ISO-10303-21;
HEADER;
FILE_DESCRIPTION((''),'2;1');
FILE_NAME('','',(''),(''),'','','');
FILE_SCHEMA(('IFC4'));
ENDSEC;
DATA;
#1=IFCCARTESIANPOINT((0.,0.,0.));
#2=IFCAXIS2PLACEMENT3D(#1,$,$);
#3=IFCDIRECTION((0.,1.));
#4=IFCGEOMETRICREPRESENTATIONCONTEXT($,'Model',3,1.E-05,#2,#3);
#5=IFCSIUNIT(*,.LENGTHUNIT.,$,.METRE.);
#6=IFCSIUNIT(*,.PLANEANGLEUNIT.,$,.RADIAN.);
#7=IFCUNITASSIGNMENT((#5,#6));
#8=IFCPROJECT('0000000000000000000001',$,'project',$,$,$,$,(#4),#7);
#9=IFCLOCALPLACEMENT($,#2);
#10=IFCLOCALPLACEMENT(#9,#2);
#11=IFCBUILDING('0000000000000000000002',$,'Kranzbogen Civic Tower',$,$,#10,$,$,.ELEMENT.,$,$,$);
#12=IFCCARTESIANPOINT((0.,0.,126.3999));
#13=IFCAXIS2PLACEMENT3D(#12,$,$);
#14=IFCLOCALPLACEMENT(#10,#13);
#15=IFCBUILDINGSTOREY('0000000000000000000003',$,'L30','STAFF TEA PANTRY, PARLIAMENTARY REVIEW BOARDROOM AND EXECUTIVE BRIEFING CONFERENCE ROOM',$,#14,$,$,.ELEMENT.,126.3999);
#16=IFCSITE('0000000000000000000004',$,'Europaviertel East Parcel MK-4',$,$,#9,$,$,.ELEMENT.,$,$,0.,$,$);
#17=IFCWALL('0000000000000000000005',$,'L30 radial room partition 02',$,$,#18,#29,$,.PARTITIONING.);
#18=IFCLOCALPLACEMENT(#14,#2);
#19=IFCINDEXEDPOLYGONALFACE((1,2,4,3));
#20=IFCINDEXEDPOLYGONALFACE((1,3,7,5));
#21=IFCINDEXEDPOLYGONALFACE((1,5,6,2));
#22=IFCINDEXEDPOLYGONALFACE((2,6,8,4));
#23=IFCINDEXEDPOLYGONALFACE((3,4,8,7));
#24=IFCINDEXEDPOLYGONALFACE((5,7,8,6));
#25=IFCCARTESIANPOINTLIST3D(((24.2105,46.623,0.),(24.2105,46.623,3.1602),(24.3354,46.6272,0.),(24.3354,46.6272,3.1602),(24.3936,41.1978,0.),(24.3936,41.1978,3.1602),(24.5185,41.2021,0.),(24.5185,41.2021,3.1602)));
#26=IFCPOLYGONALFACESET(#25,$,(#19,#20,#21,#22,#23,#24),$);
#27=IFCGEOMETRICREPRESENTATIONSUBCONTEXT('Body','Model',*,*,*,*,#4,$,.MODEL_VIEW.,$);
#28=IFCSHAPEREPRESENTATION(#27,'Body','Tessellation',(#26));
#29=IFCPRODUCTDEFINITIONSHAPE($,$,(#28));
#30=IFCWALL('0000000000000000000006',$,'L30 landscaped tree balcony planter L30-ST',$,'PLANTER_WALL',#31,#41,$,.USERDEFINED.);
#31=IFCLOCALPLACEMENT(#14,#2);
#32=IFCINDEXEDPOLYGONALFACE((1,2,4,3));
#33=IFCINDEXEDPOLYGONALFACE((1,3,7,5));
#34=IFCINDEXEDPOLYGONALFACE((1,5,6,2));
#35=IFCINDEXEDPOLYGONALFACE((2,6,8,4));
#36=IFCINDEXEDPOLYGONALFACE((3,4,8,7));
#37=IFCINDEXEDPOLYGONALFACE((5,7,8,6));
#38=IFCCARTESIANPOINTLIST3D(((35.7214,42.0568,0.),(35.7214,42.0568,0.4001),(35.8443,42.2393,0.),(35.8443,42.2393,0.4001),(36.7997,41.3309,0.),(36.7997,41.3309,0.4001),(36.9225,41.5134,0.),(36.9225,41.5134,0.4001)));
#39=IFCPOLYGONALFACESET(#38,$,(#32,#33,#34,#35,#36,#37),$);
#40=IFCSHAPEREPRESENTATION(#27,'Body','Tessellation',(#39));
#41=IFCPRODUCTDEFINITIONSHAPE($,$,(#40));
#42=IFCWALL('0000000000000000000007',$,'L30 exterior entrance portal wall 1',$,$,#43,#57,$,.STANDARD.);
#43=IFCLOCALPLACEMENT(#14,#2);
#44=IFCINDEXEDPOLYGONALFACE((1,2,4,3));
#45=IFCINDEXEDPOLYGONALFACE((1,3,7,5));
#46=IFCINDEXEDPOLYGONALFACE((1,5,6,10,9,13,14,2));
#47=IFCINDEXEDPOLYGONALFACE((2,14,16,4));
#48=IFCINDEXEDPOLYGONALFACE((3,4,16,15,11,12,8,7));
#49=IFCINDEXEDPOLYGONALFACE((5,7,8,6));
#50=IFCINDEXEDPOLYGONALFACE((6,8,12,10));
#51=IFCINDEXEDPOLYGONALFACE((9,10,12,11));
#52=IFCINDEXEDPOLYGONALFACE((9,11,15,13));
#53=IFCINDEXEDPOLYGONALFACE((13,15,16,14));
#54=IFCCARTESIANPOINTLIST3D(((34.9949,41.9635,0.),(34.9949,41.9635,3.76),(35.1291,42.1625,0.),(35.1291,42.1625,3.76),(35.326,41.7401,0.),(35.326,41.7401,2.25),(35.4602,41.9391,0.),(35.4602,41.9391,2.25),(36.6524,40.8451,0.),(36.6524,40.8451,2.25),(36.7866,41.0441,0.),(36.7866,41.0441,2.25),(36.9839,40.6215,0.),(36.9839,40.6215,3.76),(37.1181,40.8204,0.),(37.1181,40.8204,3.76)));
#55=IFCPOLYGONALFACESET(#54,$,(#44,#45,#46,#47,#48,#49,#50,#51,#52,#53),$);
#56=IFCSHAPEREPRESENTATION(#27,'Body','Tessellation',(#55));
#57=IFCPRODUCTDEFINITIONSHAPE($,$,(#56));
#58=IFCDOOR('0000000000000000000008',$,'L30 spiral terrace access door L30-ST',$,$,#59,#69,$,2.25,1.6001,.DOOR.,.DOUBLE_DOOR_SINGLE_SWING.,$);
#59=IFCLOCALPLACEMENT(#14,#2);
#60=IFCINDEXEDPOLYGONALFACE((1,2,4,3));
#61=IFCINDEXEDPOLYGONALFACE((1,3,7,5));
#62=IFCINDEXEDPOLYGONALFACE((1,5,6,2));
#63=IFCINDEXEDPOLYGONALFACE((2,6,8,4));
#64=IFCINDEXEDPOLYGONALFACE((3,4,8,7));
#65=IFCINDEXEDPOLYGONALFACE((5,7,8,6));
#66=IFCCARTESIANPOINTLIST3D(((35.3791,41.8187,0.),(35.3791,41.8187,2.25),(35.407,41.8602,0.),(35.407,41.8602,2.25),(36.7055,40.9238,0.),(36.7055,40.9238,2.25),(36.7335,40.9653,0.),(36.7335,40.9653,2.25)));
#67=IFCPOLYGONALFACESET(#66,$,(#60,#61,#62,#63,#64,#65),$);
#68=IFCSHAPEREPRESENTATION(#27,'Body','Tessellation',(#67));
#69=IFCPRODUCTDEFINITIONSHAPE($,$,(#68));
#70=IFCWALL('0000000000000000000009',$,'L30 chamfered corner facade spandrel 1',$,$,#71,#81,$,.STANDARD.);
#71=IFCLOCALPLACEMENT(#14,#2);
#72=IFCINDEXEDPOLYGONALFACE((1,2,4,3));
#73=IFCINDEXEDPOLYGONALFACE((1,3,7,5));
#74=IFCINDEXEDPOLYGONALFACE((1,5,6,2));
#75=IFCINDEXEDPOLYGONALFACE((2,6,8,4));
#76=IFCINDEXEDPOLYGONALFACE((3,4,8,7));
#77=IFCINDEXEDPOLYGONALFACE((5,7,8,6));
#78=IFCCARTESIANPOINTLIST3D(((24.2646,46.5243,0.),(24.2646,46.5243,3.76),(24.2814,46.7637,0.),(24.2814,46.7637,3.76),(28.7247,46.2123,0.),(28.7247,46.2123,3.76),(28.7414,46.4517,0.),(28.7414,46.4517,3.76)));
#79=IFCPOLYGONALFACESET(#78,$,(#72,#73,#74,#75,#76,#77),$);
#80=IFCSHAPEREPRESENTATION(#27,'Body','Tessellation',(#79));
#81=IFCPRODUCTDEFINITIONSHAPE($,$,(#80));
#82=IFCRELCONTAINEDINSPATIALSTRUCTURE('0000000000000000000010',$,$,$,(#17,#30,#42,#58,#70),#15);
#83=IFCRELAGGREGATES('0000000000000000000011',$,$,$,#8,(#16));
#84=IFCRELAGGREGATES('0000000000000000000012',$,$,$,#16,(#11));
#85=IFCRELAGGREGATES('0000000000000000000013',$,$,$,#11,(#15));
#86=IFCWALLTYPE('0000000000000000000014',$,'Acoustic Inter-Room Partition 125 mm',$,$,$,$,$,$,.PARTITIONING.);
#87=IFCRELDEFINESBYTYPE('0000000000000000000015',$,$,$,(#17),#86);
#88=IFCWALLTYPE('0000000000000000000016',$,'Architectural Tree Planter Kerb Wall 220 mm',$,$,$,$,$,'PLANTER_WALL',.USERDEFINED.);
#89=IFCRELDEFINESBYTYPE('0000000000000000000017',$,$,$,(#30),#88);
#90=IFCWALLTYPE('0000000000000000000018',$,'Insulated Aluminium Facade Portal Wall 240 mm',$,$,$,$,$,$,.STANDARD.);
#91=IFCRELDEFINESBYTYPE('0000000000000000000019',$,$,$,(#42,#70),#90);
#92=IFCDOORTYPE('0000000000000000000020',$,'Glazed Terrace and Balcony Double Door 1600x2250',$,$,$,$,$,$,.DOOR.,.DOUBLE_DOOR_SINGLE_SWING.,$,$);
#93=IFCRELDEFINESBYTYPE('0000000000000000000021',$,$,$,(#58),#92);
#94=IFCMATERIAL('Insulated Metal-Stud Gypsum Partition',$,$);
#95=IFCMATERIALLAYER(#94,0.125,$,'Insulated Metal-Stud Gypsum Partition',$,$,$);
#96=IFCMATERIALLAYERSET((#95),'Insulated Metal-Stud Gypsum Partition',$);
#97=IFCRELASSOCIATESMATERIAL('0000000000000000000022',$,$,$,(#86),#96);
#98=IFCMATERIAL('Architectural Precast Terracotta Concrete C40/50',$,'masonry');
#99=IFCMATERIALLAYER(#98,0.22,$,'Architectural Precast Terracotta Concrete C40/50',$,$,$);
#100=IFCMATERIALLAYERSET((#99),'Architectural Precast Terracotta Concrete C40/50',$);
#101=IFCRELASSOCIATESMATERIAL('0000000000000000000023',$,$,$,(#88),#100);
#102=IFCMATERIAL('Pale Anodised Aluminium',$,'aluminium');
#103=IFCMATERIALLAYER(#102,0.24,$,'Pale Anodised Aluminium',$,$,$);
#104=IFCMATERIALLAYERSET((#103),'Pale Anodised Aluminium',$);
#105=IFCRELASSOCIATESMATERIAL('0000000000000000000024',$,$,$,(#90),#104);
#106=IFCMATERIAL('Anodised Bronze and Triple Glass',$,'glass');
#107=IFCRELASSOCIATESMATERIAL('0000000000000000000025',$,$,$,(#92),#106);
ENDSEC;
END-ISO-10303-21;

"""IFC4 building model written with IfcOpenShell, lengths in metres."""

from ifc_helpers import new_model, si_unit, direction, frame, frame_2d, origin, place, context, subcontext, project, spatial, rectangle, extrude, material, layer, layer_set, type_object, element, fill, save


model = new_model("IFC4")

# Units and contexts
model_context = context("Model", 3, precision=1e-05, world=origin(), true_north=direction((0.0, 1.0)))
body_context = subcontext(model_context, "Body", "Model", "MODEL_VIEW")
ifc_project = project(units=[si_unit("LENGTHUNIT", "METRE"), si_unit("PLANEANGLEUNIT", "RADIAN")], contexts=[model_context])

# Site, building, storey
site_placement = place(None, origin())
site = spatial("IfcSite", under=ifc_project, at=site_placement, Name="Europaviertel East Parcel MK-4", CompositionType="ELEMENT", RefElevation=0.0)
building_placement = place(site_placement, origin())
building = spatial("IfcBuilding", under=site, at=building_placement, Name="Kranzbogen Civic Tower", CompositionType="ELEMENT")
storey_placement = place(building_placement, frame((0.0, 0.0, 126.3999)))
storey = spatial("IfcBuildingStorey", under=building, at=storey_placement, Name="L30", Description="STAFF TEA PANTRY, PARLIAMENTARY REVIEW BOARDROOM AND EXECUTIVE BRIEFING CONFERENCE ROOM", CompositionType="ELEMENT", Elevation=126.3999)

# Shared definitions
ifc_material_1 = material(Name="Pale Anodised Aluminium", Category="aluminium")

# Walls
ifc_material_2 = material(Name="Insulated Metal-Stud Gypsum Partition")
ifc_layer_1 = layer(ifc_material_2, 0.125, Name="Insulated Metal-Stud Gypsum Partition")
ifc_layer_set_1 = layer_set([ifc_layer_1], Name="Insulated Metal-Stud Gypsum Partition")
wall_type_1 = type_object("IfcWallType", Name="Acoustic Inter-Room Partition 125 mm", PredefinedType="PARTITIONING", material=ifc_layer_set_1)
wall_1_placement = place(storey_placement, frame((24.4561, 41.2, 0.0), z_axis=(0.0, 0.0, 1.0), x_axis=(-0.033733, 0.999431, 0.0)))
element("IfcWall", 1, at=wall_1_placement, inside=storey, type_object=wall_type_1, Name="L30 radial room partition 02", PredefinedType="PARTITIONING", context=body_context, shape_type="SweptSolid", body=[
    extrude(rectangle(XDim=5.4282, YDim=0.125, at=frame_2d((2.7141, 0.0))), origin(), (0.0, 0.0, 1.0), 3.1602),
])
ifc_material_3 = material(Name="Architectural Precast Terracotta Concrete C40/50", Category="masonry")
ifc_layer_2 = layer(ifc_material_3, 0.22, Name="Architectural Precast Terracotta Concrete C40/50")
ifc_layer_set_2 = layer_set([ifc_layer_2], Name="Architectural Precast Terracotta Concrete C40/50")
wall_type_2 = type_object("IfcWallType", Name="Architectural Tree Planter Kerb Wall 220 mm", ElementType="PLANTER_WALL", PredefinedType="USERDEFINED", material=ifc_layer_set_2)
wall_2_placement = place(storey_placement, frame((36.8611, 41.4221, 0.0), z_axis=(0.0, 0.0, 1.0), x_axis=(-0.829528, 0.558466, 0.0)))
element("IfcWall", 2, at=wall_2_placement, inside=storey, type_object=wall_type_2, Name="L30 landscaped tree balcony planter L30-ST", ObjectType="PLANTER_WALL", PredefinedType="USERDEFINED", context=body_context, shape_type="SweptSolid", body=[
    extrude(rectangle(XDim=1.2998, YDim=0.22, at=frame_2d((0.6499, 0.0))), origin(), (0.0, 0.0, 1.0), 0.4001),
])

# Wall, opening, door
ifc_layer_3 = layer(ifc_material_1, 0.24, Name="Pale Anodised Aluminium")
ifc_layer_set_3 = layer_set([ifc_layer_3], Name="Pale Anodised Aluminium")
wall_type_3 = type_object("IfcWallType", Name="Insulated Aluminium Facade Portal Wall 240 mm", PredefinedType="STANDARD", material=ifc_layer_set_3)
wall_3_placement = place(storey_placement, frame((37.051, 40.7209, 0.0), z_axis=(0.0, 0.0, 1.0), x_axis=(-0.828954, 0.559317, 0.0)))
wall_3 = element("IfcWall", 3, at=wall_3_placement, inside=storey, type_object=wall_type_3, Name="L30 exterior entrance portal wall 1", PredefinedType="STANDARD", context=body_context, shape_type="SweptSolid", body=[
    extrude(rectangle(XDim=2.3994, YDim=0.24, at=frame_2d((1.1997, 0.0))), origin(), (0.0, 0.0, 1.0), 3.76),
])
opening_1_placement = place(wall_3_placement, frame((0.3999, 0.0, 0.0)))
opening_1 = element("IfcOpeningElement", 4, at=opening_1_placement, cuts=wall_3, PredefinedType="OPENING", context=body_context, shape_type="SweptSolid", body=[
    extrude(rectangle(XDim=1.6001, YDim=2.25, at=frame_2d((0.8, 1.125))), frame((0.0, 0.1299, 0.0), z_axis=(0.0, -1.0, 0.0), x_axis=(1.0, 0.0, 0.0)), (0.0, 0.0, 1.0), 0.26),
])
ifc_material_4 = material(Name="Anodised Bronze and Triple Glass", Category="glass")
door_type_1 = type_object("IfcDoorType", Name="Glazed Terrace and Balcony Double Door 1600x2250", OperationType="DOUBLE_DOOR_SINGLE_SWING", PredefinedType="DOOR", material=ifc_material_4)
door_1_placement = place(opening_1_placement, frame((1.6001, 0.0, 0.0), z_axis=(0.0, 0.0, 1.0), x_axis=(-1.0, 0.0, 0.0)))
door_1 = element("IfcDoor", 5, at=door_1_placement, inside=storey, type_object=door_type_1, Name="L30 spiral terrace access door L30-ST", OperationType="DOUBLE_DOOR_SINGLE_SWING", OverallHeight=2.25, OverallWidth=1.6001, PredefinedType="DOOR", context=body_context, shape_type="SweptSolid", body=[
    extrude(rectangle(XDim=1.6001, YDim=2.25, at=frame_2d((0.8, 1.125))), frame((0.0, 0.0249, 0.0), z_axis=(0.0, -1.0, 0.0), x_axis=(1.0, 0.0, 0.0)), (0.0, 0.0, 1.0), 0.05),
])
fill(opening_1, door_1)

# Wall
wall_4_placement = place(storey_placement, frame((28.7329, 46.332, 0.0), z_axis=(0.0, 0.0, 1.0), x_axis=(-0.997562, 0.069788, 0.0)))
element("IfcWall", 6, at=wall_4_placement, inside=storey, type_object=wall_type_3, Name="L30 chamfered corner facade spandrel 1", PredefinedType="STANDARD", context=body_context, shape_type="SweptSolid", body=[
    extrude(rectangle(XDim=4.4709, YDim=0.24, at=frame_2d((2.2354, 0.0))), origin(), (0.0, 0.0, 1.0), 3.76),
])

save(model, "model.ifc")
